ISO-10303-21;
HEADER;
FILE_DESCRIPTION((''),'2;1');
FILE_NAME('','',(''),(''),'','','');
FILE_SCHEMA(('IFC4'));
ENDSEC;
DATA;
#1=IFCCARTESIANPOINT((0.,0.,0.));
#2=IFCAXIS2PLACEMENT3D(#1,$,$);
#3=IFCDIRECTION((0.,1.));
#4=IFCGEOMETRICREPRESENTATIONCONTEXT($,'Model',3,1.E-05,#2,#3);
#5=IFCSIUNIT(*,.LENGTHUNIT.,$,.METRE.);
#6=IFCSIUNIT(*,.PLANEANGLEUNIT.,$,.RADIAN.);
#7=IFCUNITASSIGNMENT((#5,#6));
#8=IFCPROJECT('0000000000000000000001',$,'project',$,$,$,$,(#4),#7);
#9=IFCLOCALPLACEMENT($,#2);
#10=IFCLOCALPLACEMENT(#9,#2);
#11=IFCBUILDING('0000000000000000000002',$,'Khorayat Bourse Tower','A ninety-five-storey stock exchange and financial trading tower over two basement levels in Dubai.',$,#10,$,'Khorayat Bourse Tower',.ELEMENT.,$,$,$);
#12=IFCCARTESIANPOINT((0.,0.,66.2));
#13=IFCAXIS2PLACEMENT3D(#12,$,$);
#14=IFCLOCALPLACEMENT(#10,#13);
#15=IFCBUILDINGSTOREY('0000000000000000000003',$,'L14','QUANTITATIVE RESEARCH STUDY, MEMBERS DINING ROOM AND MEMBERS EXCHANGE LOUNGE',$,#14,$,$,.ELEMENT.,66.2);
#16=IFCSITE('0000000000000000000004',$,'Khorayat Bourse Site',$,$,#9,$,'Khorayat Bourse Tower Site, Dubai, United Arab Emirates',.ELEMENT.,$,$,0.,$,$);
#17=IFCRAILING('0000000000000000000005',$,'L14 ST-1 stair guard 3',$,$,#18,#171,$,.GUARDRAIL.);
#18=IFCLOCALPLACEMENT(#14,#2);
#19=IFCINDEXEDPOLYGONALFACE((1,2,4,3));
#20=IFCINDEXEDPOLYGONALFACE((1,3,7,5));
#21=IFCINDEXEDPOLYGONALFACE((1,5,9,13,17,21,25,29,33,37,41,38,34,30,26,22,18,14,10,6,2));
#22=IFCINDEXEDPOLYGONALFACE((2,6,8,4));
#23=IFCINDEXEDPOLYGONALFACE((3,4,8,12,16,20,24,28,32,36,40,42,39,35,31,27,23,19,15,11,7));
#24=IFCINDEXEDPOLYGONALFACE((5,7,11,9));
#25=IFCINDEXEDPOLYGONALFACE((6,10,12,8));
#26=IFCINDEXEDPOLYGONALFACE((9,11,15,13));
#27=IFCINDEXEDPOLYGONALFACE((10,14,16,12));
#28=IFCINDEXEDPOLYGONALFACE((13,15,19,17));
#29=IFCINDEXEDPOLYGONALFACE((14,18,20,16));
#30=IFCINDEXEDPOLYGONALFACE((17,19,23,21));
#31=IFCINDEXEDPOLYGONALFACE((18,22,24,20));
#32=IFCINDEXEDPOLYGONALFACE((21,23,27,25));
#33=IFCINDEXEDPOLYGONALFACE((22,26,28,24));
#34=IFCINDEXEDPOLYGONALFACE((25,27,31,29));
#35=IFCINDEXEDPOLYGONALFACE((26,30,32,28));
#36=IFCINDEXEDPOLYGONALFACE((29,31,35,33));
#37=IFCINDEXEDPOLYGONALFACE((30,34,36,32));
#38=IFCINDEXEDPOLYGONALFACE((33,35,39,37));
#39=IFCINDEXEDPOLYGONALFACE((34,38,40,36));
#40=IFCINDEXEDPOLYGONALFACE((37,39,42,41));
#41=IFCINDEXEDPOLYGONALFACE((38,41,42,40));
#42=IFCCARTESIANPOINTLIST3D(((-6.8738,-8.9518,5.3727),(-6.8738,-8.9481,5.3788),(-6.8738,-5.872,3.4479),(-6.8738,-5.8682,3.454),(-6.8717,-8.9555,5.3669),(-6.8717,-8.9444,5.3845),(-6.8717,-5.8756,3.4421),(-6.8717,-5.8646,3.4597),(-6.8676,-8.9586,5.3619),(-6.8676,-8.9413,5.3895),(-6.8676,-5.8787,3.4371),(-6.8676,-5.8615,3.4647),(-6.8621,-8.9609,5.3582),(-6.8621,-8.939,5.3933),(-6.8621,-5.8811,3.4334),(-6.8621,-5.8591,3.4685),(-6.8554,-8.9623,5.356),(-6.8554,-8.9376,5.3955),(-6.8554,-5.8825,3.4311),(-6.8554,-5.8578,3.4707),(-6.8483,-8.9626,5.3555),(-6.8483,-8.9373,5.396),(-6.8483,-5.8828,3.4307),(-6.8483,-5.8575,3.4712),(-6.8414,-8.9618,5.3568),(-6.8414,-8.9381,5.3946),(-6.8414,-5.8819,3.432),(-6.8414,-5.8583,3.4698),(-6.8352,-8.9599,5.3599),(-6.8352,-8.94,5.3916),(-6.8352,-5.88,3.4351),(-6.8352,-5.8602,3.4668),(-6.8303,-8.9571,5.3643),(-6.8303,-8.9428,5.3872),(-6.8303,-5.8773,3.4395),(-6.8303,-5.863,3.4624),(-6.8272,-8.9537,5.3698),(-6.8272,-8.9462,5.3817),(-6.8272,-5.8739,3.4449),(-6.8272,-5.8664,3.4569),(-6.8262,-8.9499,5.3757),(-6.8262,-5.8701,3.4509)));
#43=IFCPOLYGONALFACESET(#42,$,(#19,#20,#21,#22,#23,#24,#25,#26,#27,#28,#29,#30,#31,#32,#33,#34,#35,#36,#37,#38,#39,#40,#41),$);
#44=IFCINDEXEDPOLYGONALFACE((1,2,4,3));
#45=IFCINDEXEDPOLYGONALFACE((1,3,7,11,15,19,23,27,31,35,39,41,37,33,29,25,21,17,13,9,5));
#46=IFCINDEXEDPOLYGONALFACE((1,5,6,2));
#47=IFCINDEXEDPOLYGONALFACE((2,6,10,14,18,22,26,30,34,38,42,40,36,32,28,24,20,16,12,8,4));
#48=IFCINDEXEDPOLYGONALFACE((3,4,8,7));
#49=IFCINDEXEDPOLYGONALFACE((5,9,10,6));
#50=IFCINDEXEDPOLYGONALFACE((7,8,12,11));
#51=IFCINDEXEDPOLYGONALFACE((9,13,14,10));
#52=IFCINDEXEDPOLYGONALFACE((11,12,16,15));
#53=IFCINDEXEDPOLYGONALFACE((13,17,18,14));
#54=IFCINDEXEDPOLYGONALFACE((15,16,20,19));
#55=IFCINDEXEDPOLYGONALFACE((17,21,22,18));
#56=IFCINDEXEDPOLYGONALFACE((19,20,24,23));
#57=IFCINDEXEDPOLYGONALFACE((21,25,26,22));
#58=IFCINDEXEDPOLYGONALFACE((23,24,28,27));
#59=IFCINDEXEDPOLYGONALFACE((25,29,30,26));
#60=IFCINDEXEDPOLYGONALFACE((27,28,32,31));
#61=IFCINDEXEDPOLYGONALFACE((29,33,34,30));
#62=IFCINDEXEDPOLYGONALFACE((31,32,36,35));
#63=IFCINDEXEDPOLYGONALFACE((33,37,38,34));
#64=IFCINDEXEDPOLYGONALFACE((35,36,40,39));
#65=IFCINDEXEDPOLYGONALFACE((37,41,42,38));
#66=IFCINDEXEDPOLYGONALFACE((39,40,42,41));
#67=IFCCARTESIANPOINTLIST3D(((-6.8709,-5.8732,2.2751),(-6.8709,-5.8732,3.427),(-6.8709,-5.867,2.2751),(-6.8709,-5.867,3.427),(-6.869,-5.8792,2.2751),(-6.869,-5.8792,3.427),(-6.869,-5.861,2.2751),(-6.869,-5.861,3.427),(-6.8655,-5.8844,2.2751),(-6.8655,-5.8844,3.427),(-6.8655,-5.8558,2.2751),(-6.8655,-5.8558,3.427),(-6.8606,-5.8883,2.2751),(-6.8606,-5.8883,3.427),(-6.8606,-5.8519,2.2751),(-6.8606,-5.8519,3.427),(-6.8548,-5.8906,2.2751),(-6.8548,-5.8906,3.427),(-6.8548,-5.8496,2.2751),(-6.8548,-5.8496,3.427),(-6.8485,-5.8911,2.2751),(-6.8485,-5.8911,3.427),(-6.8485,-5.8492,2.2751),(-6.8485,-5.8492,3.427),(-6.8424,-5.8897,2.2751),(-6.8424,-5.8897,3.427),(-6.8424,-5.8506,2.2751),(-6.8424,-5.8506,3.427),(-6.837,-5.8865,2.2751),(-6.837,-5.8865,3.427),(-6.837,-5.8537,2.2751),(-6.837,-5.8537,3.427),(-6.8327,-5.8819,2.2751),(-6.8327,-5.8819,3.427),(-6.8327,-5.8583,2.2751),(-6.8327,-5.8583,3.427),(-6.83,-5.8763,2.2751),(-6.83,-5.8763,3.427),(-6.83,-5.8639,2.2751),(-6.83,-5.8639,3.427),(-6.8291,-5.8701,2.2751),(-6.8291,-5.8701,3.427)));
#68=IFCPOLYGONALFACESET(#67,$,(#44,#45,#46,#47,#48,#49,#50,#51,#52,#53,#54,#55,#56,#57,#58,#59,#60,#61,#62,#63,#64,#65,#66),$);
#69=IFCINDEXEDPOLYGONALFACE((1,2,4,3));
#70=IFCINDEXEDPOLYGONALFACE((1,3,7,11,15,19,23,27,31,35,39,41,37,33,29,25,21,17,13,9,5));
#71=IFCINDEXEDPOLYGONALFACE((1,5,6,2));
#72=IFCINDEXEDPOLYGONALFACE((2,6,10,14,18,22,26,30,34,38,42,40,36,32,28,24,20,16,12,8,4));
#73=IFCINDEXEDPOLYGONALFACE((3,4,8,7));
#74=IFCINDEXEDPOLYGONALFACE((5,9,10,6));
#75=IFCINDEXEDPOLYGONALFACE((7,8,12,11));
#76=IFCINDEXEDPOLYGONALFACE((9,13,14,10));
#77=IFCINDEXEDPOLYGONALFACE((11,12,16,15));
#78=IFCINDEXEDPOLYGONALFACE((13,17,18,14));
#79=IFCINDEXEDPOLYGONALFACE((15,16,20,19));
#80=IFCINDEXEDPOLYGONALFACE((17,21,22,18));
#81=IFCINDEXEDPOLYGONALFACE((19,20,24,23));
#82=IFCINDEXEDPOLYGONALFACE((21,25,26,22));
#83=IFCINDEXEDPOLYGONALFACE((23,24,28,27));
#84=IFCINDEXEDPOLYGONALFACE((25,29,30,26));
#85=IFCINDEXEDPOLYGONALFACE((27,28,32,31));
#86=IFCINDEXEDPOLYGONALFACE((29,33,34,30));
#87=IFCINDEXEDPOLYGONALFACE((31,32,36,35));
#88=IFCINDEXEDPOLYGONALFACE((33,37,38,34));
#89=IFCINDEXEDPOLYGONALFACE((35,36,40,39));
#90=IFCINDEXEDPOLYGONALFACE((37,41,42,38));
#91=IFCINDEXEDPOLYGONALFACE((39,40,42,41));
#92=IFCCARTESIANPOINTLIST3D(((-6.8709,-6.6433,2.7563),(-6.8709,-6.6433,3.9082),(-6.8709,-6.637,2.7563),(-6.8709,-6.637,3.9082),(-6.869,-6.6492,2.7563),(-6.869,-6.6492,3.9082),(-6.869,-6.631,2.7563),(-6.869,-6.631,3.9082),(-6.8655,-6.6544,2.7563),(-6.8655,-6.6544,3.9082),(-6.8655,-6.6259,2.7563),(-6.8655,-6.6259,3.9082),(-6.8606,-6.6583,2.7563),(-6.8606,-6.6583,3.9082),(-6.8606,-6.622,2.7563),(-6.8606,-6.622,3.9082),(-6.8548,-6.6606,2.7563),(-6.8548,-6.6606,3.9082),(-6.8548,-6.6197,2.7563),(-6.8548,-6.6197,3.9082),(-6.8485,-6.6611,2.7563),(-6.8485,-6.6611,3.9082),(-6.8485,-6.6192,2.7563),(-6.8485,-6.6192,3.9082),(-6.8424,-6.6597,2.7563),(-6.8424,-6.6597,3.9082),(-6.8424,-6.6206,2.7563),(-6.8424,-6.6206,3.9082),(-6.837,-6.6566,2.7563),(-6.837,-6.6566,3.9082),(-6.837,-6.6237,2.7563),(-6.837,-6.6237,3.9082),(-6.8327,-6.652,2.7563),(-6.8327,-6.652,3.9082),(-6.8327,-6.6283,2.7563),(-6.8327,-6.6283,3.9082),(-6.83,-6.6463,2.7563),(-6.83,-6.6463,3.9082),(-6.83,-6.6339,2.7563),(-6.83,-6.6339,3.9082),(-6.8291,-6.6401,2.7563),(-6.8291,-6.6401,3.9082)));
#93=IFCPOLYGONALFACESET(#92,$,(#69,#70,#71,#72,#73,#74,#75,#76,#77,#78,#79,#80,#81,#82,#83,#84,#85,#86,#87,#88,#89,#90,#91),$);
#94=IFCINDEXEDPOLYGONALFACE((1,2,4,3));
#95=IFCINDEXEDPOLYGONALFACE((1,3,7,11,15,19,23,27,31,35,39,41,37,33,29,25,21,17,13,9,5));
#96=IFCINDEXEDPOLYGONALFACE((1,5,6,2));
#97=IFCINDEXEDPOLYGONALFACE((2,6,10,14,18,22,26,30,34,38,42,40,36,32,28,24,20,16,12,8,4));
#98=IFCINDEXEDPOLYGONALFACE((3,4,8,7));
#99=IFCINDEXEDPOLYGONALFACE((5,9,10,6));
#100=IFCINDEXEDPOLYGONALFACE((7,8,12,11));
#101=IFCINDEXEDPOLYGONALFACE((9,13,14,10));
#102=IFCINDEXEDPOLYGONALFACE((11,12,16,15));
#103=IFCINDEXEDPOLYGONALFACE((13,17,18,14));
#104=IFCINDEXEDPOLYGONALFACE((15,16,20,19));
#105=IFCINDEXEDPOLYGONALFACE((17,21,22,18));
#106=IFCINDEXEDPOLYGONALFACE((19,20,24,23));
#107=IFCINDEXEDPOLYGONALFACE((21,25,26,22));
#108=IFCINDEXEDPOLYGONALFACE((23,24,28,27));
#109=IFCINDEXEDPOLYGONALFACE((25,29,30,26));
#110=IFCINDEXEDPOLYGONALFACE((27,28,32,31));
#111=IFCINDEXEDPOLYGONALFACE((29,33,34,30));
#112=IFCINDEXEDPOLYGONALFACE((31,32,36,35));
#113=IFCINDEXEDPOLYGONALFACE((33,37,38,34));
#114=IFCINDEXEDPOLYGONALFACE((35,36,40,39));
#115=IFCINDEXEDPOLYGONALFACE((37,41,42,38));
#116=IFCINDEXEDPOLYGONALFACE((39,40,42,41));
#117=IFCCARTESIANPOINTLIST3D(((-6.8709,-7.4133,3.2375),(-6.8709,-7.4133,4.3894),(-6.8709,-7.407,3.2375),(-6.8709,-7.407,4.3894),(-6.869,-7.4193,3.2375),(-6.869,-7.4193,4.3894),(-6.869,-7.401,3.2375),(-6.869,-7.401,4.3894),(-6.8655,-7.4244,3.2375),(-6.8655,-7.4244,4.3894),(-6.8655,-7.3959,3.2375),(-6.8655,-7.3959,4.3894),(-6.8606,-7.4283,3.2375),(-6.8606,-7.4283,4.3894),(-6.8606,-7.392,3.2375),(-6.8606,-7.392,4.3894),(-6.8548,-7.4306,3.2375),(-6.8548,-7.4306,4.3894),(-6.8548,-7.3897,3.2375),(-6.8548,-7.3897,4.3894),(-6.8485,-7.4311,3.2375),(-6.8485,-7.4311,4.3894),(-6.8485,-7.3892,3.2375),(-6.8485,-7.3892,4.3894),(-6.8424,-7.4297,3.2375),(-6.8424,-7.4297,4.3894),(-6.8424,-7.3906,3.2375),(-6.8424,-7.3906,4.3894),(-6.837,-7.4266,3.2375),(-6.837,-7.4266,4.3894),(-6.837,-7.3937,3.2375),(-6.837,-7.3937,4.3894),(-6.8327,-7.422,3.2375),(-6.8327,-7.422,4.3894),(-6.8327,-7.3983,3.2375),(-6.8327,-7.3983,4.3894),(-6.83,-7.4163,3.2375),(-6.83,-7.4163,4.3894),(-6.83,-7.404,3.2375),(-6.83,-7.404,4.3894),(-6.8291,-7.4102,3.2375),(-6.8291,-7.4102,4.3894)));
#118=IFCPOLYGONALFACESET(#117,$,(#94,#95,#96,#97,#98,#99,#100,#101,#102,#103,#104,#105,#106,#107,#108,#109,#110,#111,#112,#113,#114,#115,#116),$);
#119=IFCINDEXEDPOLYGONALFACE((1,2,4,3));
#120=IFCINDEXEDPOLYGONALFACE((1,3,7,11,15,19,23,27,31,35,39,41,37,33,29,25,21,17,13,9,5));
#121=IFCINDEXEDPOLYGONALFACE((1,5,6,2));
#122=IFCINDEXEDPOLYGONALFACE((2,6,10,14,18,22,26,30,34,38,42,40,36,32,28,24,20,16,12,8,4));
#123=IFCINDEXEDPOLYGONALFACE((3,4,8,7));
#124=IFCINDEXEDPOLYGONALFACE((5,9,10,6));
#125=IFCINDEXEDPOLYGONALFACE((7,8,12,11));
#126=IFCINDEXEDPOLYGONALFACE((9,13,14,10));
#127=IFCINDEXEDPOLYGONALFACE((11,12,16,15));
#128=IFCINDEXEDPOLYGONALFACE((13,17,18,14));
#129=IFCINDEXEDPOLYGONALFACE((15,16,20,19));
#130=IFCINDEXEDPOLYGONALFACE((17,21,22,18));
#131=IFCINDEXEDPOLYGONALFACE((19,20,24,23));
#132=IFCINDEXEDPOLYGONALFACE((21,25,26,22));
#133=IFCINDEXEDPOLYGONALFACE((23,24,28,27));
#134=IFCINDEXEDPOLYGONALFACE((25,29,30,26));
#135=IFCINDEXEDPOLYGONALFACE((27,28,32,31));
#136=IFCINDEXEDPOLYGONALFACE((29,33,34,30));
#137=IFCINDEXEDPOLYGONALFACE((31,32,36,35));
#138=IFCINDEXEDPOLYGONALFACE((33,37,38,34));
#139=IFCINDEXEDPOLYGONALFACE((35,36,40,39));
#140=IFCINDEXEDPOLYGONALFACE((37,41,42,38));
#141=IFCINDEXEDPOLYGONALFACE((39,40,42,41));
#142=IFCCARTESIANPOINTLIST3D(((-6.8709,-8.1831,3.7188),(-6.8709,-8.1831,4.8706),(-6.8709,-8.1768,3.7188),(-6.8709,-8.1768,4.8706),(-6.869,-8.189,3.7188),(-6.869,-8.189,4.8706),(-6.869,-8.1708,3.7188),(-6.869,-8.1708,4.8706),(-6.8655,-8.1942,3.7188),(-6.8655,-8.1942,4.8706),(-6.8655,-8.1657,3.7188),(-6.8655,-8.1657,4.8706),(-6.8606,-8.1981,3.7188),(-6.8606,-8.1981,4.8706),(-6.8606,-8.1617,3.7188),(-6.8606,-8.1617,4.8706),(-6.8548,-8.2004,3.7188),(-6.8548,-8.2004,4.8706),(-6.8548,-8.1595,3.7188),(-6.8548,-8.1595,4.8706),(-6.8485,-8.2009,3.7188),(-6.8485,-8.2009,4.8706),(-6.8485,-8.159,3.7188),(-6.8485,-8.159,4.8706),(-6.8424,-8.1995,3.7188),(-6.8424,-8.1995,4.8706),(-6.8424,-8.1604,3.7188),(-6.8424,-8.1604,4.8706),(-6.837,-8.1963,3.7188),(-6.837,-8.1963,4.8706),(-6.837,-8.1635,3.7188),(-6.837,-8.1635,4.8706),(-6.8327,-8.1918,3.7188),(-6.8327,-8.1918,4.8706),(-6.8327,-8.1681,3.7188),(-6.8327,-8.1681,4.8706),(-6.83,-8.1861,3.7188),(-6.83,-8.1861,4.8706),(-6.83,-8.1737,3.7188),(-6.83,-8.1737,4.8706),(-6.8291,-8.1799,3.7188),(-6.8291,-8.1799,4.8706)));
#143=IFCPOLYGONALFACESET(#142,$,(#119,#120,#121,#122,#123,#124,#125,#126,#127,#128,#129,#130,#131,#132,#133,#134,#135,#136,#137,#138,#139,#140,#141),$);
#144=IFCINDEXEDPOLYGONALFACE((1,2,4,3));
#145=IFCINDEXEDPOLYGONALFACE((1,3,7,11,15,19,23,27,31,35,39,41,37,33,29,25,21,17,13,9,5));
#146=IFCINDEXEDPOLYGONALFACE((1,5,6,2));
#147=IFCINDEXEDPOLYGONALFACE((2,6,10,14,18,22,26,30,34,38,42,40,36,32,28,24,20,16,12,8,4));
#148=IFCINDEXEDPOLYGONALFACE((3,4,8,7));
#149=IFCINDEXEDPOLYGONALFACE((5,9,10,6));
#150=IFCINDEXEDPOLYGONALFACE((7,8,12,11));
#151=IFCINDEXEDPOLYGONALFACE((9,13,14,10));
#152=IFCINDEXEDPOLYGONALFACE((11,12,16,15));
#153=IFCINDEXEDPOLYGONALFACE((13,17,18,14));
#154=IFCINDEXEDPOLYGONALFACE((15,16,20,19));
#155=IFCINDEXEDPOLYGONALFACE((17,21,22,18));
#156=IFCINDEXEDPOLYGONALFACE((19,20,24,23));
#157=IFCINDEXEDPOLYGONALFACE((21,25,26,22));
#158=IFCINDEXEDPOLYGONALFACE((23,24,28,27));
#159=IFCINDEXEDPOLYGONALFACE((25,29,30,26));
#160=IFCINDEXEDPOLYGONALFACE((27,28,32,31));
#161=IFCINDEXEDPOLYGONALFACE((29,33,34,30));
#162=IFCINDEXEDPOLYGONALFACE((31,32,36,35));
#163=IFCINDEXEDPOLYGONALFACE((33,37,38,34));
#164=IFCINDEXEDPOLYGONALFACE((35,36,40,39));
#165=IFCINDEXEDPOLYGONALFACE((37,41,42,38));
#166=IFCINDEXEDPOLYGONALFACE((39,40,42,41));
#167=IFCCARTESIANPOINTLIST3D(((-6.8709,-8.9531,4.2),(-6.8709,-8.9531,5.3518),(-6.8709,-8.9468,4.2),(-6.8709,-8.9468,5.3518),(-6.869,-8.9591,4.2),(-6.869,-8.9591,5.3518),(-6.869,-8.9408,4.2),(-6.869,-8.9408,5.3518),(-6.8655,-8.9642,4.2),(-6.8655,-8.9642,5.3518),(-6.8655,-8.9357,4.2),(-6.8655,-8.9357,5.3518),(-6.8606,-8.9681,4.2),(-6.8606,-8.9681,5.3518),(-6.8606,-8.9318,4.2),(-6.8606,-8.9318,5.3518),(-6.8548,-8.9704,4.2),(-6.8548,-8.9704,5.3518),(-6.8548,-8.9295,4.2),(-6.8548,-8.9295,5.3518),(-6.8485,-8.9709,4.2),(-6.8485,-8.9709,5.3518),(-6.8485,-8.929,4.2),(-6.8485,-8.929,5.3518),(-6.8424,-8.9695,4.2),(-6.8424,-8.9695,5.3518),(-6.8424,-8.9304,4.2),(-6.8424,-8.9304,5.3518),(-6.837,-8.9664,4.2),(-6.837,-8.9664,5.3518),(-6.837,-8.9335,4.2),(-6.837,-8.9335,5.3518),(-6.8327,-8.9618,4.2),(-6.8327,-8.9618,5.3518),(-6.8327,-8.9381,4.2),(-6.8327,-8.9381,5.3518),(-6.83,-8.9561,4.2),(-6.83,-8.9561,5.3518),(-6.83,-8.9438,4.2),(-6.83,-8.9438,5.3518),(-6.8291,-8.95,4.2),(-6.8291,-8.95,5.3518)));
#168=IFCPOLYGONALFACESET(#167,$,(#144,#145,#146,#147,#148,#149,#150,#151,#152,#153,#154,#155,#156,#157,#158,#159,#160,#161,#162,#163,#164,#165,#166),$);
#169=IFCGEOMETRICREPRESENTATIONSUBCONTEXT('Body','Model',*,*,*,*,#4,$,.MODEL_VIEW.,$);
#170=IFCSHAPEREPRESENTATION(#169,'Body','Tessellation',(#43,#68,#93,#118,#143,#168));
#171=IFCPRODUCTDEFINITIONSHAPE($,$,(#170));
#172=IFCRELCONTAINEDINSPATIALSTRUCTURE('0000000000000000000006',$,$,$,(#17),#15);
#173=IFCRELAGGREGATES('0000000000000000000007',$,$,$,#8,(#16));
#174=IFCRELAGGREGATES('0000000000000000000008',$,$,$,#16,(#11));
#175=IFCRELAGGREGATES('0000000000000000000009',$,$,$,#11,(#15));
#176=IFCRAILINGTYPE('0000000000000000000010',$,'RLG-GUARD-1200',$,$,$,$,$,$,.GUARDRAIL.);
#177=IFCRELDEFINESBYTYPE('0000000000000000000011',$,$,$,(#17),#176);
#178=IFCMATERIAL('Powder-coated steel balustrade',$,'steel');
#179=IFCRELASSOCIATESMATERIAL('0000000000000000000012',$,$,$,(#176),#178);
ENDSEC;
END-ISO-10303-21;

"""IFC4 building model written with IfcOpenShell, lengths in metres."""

from ifc_helpers import new_model, si_unit, direction, frame, origin, origin_2d, place, context, subcontext, project, spatial, circle, extrude, source, transform, mapped, material, type_object, element, save


model = new_model("IFC4")

# Units and contexts
model_context = context("Model", 3, precision=1e-05, world=origin(), true_north=direction((0.0, 1.0)))
body_context = subcontext(model_context, "Body", "Model", "MODEL_VIEW")
ifc_project = project(units=[si_unit("LENGTHUNIT", "METRE"), si_unit("PLANEANGLEUNIT", "RADIAN")], contexts=[model_context])

# Site, building, storey
site_placement = place(None, origin())
site = spatial("IfcSite", under=ifc_project, at=site_placement, Name="Khorayat Bourse Site", LongName="Khorayat Bourse Tower Site, Dubai, United Arab Emirates", CompositionType="ELEMENT", RefElevation=0.0)
building_placement = place(site_placement, origin())
building = spatial("IfcBuilding", under=site, at=building_placement, Name="Khorayat Bourse Tower", Description="A ninety-five-storey stock exchange and financial trading tower over two basement levels in Dubai.", LongName="Khorayat Bourse Tower", CompositionType="ELEMENT")
storey_placement = place(building_placement, frame((0.0, 0.0, 66.2)))
storey = spatial("IfcBuildingStorey", under=building, at=storey_placement, Name="L14", Description="QUANTITATIVE RESEARCH STUDY, MEMBERS DINING ROOM AND MEMBERS EXCHANGE LOUNGE", CompositionType="ELEMENT", Elevation=66.2)

# Railing
ifc_material_1 = material(Name="Powder-coated steel balustrade", Category="steel")
railing_type_1 = type_object("IfcRailingType", Name="RLG-GUARD-1200", PredefinedType="GUARDRAIL", material=ifc_material_1)
shared_shape_1 = source(origin(), body_context, "Body", "SweptSolid", [
    extrude(circle(Radius=0.0239, at=origin_2d()), frame((0.0, 0.0, 1.1758), z_axis=(0.0, -0.84801, 0.529981), x_axis=(1.0, 0.0, 0.0)), (0.0, 0.0, 1.0), 3.6318),
    extrude(circle(Radius=0.021, at=origin_2d()), origin(), (0.0, 0.0, 1.0), 1.1519),
    extrude(circle(Radius=0.021, at=origin_2d()), frame((0.0, -0.77, 0.4812)), (0.0, 0.0, 1.0), 1.1519),
    extrude(circle(Radius=0.021, at=origin_2d()), frame((0.0, -1.54, 0.9624)), (0.0, 0.0, 1.0), 1.1519),
    extrude(circle(Radius=0.021, at=origin_2d()), frame((0.0, -2.3098, 1.4436)), (0.0, 0.0, 1.0), 1.1519),
    extrude(circle(Radius=0.021, at=origin_2d()), frame((0.0, -3.0798, 1.9248)), (0.0, 0.0, 1.0), 1.1519),
])
railing_1_placement = place(storey_placement, frame((-6.8501, -5.8701, 2.2751)))
element("IfcRailing", 1, at=railing_1_placement, inside=storey, type_object=railing_type_1, Name="L14 ST-1 stair guard 3", PredefinedType="GUARDRAIL", context=body_context, shape_type="MappedRepresentation", body=[
    mapped(shared_shape_1, transform((0.0, 0.0, 0.0), scale=1.0)),
])

save(model, "model.ifc")
